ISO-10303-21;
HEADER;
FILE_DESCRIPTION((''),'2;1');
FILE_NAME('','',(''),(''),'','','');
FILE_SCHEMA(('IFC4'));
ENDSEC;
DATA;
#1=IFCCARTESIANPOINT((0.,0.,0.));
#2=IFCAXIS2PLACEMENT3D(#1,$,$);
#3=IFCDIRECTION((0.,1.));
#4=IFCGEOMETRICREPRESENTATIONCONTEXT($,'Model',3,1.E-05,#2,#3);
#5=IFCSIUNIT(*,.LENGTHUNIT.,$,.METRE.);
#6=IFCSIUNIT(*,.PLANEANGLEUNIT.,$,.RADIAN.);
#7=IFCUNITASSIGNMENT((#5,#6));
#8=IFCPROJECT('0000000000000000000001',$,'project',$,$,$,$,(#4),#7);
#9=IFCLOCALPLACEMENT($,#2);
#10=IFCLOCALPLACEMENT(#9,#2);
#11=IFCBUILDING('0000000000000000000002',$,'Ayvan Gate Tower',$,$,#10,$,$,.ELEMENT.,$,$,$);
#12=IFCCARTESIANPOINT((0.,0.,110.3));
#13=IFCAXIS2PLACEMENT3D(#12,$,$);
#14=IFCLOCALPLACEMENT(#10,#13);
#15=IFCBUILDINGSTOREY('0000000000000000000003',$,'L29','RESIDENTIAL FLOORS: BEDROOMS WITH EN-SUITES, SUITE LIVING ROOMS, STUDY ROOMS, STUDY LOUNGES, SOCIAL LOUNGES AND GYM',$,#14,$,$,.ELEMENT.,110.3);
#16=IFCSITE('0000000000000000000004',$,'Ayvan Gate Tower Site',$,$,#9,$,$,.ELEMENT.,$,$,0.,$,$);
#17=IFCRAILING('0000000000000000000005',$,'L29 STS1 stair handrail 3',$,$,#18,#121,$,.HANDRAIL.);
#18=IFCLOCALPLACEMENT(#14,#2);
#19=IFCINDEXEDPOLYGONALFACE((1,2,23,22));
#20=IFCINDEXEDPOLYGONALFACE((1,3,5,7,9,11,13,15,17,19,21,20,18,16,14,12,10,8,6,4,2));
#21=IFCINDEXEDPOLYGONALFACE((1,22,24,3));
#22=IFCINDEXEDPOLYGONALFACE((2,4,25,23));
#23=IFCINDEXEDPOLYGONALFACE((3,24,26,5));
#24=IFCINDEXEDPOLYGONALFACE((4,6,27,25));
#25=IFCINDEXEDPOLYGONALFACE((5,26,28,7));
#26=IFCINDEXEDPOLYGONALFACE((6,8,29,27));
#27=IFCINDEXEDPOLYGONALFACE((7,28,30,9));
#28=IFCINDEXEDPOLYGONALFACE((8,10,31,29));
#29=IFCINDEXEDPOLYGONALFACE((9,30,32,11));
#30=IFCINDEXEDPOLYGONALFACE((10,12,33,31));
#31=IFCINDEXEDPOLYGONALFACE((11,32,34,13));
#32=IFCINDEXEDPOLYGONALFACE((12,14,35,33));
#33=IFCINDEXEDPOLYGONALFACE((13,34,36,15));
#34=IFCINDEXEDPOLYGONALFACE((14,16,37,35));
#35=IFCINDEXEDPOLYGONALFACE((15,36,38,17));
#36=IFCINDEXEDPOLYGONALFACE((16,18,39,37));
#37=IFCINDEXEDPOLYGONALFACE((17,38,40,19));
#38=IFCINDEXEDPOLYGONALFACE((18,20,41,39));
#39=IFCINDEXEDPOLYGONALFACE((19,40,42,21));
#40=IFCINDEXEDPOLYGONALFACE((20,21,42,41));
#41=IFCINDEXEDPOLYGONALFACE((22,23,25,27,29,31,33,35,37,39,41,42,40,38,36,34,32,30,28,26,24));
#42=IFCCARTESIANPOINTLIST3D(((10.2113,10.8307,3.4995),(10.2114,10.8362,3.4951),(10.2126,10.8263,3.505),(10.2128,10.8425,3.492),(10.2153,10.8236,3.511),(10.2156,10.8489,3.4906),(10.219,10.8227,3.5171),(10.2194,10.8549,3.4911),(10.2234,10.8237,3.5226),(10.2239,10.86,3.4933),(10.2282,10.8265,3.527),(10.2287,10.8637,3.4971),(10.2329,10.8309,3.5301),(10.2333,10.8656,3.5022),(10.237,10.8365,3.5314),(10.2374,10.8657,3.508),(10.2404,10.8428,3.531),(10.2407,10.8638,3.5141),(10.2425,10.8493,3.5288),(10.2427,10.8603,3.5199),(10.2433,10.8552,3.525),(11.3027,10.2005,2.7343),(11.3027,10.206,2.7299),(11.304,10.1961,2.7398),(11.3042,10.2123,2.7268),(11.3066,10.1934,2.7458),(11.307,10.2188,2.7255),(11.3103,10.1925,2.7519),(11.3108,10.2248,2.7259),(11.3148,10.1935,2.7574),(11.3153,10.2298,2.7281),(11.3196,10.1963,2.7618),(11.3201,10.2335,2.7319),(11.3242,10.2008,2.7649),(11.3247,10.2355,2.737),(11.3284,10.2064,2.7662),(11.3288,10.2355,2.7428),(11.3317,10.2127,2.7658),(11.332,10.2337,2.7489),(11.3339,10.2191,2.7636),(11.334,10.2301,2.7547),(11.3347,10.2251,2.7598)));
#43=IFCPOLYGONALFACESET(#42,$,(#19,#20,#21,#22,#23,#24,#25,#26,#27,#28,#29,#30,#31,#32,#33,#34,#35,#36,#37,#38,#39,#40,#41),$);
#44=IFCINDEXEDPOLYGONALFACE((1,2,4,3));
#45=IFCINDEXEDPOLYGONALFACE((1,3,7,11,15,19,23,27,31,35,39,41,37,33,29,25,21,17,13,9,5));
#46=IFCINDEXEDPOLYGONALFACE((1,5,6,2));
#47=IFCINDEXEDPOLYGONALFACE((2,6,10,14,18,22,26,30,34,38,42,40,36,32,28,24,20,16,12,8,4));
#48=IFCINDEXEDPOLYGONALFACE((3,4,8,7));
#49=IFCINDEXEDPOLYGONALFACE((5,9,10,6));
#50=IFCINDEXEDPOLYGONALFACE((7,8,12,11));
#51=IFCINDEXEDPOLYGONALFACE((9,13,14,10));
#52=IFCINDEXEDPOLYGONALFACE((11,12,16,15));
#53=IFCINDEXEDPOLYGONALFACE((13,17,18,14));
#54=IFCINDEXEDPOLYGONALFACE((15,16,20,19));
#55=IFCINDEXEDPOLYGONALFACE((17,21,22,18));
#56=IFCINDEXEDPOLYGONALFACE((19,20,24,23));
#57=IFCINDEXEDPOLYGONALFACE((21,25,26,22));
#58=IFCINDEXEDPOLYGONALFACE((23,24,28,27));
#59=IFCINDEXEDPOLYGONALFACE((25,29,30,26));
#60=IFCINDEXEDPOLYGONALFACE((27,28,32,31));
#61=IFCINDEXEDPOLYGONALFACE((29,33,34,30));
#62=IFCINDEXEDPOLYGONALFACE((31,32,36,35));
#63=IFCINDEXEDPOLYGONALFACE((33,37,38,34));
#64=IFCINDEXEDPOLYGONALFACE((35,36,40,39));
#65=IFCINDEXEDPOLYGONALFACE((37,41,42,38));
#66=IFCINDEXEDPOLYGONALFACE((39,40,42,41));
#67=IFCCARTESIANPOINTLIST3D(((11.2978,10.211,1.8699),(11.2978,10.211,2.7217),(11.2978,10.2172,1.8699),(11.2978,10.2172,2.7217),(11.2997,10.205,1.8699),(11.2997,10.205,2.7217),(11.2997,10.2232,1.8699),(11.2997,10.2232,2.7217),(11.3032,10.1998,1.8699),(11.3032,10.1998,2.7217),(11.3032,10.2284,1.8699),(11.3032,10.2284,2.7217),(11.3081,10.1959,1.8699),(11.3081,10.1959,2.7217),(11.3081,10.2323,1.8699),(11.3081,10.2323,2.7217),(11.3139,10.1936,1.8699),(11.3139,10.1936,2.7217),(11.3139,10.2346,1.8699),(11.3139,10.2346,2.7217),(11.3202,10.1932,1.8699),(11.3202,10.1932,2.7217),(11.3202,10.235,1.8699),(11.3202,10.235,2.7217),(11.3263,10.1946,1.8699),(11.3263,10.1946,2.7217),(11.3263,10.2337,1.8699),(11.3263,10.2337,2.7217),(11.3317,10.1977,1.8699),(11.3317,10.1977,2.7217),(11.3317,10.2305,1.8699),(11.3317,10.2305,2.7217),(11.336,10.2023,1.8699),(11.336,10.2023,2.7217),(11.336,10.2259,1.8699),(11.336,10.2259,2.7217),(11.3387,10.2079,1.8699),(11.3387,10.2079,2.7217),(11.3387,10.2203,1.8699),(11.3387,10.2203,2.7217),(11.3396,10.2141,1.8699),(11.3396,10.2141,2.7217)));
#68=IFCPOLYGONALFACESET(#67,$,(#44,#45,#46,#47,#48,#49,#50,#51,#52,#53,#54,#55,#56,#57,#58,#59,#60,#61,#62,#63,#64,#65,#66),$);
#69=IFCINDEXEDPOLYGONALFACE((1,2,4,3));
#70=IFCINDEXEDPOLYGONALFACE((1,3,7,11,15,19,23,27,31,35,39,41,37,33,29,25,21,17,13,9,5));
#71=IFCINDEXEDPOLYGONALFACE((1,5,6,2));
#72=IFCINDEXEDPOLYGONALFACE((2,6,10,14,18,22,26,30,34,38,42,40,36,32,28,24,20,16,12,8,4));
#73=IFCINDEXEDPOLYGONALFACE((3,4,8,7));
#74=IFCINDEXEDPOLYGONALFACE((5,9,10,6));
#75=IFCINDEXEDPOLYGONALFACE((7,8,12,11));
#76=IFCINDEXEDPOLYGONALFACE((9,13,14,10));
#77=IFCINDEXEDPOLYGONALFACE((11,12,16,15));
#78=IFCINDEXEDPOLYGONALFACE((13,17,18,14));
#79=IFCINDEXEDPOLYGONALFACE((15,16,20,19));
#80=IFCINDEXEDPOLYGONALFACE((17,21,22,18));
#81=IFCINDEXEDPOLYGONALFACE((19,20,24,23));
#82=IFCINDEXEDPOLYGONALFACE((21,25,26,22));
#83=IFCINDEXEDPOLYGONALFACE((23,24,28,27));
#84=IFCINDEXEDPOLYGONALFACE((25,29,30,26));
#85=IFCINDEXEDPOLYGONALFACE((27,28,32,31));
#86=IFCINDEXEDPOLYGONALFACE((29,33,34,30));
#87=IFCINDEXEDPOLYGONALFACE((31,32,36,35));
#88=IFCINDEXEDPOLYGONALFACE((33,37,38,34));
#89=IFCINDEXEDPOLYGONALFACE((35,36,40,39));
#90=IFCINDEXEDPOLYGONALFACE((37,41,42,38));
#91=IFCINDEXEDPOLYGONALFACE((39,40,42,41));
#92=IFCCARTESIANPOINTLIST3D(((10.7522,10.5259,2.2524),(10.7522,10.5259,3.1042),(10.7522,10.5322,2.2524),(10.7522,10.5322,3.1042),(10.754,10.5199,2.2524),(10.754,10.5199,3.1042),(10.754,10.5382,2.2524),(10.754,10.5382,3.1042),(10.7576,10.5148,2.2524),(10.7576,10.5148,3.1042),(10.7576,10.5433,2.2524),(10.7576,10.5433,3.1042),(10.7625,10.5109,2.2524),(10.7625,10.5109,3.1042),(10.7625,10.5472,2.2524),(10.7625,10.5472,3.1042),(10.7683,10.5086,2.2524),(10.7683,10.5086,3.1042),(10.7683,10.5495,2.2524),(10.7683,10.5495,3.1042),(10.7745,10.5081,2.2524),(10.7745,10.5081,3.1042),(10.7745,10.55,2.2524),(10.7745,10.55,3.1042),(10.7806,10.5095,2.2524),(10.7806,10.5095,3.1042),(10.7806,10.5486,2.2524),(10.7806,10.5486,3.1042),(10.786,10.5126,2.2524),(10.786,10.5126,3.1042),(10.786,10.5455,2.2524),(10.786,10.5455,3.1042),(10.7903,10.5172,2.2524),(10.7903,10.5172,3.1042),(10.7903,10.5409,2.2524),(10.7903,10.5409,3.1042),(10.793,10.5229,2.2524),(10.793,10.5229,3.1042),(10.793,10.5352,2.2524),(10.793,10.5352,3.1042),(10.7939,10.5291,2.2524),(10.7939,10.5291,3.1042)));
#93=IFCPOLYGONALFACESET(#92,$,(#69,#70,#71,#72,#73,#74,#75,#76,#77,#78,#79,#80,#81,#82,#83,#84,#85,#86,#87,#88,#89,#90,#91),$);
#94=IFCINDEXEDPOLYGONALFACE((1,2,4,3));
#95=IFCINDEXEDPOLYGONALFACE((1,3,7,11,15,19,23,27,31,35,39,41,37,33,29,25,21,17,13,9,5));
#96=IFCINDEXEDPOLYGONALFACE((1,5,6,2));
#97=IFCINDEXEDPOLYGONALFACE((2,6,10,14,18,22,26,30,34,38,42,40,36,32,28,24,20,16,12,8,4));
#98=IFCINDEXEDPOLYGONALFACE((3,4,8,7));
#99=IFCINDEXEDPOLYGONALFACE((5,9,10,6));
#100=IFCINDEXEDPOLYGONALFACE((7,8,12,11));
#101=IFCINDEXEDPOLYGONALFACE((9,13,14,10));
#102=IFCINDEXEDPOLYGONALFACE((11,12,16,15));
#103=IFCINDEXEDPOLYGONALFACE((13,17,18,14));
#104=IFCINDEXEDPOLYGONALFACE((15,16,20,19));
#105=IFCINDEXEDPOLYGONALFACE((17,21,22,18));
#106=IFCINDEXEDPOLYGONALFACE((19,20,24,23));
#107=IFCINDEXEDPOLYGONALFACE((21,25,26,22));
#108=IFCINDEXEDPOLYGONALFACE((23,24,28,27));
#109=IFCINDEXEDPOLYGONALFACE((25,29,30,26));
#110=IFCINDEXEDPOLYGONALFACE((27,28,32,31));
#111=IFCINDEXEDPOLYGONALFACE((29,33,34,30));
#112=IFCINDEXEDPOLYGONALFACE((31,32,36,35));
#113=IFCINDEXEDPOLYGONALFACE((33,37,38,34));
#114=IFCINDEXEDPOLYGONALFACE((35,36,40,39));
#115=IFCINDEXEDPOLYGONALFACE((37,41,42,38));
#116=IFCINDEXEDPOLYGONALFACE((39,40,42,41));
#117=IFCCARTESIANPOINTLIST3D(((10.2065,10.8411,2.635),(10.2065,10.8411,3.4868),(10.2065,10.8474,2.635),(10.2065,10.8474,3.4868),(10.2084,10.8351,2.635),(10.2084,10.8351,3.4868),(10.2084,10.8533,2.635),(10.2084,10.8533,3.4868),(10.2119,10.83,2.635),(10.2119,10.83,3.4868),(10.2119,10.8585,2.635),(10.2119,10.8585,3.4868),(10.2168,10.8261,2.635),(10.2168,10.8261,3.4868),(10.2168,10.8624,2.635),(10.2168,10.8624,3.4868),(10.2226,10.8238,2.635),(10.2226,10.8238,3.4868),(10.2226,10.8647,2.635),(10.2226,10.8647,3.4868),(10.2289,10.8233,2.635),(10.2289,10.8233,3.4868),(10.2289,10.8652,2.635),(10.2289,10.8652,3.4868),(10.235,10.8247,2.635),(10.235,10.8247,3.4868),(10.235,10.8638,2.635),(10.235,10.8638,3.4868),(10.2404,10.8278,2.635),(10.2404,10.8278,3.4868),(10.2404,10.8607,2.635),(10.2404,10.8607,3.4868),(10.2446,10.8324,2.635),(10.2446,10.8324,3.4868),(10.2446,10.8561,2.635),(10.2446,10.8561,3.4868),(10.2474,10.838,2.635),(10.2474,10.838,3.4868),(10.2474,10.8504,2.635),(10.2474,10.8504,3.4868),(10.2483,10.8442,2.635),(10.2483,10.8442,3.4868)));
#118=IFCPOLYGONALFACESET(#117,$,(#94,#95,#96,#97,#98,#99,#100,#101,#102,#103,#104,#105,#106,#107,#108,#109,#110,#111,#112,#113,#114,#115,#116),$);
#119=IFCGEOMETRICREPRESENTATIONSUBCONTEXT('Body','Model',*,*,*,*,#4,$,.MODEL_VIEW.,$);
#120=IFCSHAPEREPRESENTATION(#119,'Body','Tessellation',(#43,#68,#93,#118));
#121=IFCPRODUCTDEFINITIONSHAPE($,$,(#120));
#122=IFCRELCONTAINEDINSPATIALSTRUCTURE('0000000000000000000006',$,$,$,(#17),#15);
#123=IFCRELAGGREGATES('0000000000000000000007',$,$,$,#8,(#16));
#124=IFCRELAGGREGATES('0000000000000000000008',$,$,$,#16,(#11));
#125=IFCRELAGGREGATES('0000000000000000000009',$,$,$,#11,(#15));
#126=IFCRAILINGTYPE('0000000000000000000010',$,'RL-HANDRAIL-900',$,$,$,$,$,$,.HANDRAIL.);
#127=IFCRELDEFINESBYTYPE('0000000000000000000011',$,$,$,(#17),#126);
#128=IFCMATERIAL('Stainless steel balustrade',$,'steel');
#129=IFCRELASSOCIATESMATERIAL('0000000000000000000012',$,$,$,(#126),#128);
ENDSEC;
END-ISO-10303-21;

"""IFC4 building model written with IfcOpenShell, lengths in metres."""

from ifc_helpers import new_model, si_unit, direction, frame, origin, origin_2d, place, context, subcontext, project, spatial, circle, extrude, material, type_object, element, save


model = new_model("IFC4")

# Units and contexts
model_context = context("Model", 3, precision=1e-05, world=origin(), true_north=direction((0.0, 1.0)))
body_context = subcontext(model_context, "Body", "Model", "MODEL_VIEW")
ifc_project = project(units=[si_unit("LENGTHUNIT", "METRE"), si_unit("PLANEANGLEUNIT", "RADIAN")], contexts=[model_context])

# Site, building, storey
site_placement = place(None, origin())
site = spatial("IfcSite", under=ifc_project, at=site_placement, Name="Ayvan Gate Tower Site", CompositionType="ELEMENT", RefElevation=0.0)
building_placement = place(site_placement, origin())
building = spatial("IfcBuilding", under=site, at=building_placement, Name="Ayvan Gate Tower", CompositionType="ELEMENT")
storey_placement = place(building_placement, frame((0.0, 0.0, 110.3)))
storey = spatial("IfcBuildingStorey", under=building, at=storey_placement, Name="L29", Description="RESIDENTIAL FLOORS: BEDROOMS WITH EN-SUITES, SUITE LIVING ROOMS, STUDY ROOMS, STUDY LOUNGES, SOCIAL LOUNGES AND GYM", CompositionType="ELEMENT", Elevation=110.3)

# Railing
ifc_material_1 = material(Name="Stainless steel balustrade", Category="steel")
railing_type_1 = type_object("IfcRailingType", Name="RL-HANDRAIL-900", PredefinedType="HANDRAIL", material=ifc_material_1)
railing_1_placement = place(storey_placement, frame((11.3186, 10.2141, 1.8699)))
element("IfcRailing", 1, at=railing_1_placement, inside=storey, type_object=railing_type_1, Name="L29 STS1 stair handrail 3", PredefinedType="HANDRAIL", context=body_context, shape_type="SweptSolid", body=[
    extrude(circle(Radius=0.0239, at=origin_2d()), frame((0.0, 0.0, 0.876), z_axis=(-0.740241, 0.427419, 0.518996), x_axis=(-0.500035, -0.866005, 0.0)), (0.0, 0.0, 1.0), 1.4744),
    extrude(circle(Radius=0.021, at=origin_2d()), origin(), (0.0, 0.0, 1.0), 0.8518),
    extrude(circle(Radius=0.021, at=origin_2d()), frame((-0.5457, 0.3149, 0.3826)), (0.0, 0.0, 1.0), 0.8518),
    extrude(circle(Radius=0.021, at=origin_2d()), frame((-1.0913, 0.6301, 0.7651)), (0.0, 0.0, 1.0), 0.8518),
])

save(model, "model.ifc")
